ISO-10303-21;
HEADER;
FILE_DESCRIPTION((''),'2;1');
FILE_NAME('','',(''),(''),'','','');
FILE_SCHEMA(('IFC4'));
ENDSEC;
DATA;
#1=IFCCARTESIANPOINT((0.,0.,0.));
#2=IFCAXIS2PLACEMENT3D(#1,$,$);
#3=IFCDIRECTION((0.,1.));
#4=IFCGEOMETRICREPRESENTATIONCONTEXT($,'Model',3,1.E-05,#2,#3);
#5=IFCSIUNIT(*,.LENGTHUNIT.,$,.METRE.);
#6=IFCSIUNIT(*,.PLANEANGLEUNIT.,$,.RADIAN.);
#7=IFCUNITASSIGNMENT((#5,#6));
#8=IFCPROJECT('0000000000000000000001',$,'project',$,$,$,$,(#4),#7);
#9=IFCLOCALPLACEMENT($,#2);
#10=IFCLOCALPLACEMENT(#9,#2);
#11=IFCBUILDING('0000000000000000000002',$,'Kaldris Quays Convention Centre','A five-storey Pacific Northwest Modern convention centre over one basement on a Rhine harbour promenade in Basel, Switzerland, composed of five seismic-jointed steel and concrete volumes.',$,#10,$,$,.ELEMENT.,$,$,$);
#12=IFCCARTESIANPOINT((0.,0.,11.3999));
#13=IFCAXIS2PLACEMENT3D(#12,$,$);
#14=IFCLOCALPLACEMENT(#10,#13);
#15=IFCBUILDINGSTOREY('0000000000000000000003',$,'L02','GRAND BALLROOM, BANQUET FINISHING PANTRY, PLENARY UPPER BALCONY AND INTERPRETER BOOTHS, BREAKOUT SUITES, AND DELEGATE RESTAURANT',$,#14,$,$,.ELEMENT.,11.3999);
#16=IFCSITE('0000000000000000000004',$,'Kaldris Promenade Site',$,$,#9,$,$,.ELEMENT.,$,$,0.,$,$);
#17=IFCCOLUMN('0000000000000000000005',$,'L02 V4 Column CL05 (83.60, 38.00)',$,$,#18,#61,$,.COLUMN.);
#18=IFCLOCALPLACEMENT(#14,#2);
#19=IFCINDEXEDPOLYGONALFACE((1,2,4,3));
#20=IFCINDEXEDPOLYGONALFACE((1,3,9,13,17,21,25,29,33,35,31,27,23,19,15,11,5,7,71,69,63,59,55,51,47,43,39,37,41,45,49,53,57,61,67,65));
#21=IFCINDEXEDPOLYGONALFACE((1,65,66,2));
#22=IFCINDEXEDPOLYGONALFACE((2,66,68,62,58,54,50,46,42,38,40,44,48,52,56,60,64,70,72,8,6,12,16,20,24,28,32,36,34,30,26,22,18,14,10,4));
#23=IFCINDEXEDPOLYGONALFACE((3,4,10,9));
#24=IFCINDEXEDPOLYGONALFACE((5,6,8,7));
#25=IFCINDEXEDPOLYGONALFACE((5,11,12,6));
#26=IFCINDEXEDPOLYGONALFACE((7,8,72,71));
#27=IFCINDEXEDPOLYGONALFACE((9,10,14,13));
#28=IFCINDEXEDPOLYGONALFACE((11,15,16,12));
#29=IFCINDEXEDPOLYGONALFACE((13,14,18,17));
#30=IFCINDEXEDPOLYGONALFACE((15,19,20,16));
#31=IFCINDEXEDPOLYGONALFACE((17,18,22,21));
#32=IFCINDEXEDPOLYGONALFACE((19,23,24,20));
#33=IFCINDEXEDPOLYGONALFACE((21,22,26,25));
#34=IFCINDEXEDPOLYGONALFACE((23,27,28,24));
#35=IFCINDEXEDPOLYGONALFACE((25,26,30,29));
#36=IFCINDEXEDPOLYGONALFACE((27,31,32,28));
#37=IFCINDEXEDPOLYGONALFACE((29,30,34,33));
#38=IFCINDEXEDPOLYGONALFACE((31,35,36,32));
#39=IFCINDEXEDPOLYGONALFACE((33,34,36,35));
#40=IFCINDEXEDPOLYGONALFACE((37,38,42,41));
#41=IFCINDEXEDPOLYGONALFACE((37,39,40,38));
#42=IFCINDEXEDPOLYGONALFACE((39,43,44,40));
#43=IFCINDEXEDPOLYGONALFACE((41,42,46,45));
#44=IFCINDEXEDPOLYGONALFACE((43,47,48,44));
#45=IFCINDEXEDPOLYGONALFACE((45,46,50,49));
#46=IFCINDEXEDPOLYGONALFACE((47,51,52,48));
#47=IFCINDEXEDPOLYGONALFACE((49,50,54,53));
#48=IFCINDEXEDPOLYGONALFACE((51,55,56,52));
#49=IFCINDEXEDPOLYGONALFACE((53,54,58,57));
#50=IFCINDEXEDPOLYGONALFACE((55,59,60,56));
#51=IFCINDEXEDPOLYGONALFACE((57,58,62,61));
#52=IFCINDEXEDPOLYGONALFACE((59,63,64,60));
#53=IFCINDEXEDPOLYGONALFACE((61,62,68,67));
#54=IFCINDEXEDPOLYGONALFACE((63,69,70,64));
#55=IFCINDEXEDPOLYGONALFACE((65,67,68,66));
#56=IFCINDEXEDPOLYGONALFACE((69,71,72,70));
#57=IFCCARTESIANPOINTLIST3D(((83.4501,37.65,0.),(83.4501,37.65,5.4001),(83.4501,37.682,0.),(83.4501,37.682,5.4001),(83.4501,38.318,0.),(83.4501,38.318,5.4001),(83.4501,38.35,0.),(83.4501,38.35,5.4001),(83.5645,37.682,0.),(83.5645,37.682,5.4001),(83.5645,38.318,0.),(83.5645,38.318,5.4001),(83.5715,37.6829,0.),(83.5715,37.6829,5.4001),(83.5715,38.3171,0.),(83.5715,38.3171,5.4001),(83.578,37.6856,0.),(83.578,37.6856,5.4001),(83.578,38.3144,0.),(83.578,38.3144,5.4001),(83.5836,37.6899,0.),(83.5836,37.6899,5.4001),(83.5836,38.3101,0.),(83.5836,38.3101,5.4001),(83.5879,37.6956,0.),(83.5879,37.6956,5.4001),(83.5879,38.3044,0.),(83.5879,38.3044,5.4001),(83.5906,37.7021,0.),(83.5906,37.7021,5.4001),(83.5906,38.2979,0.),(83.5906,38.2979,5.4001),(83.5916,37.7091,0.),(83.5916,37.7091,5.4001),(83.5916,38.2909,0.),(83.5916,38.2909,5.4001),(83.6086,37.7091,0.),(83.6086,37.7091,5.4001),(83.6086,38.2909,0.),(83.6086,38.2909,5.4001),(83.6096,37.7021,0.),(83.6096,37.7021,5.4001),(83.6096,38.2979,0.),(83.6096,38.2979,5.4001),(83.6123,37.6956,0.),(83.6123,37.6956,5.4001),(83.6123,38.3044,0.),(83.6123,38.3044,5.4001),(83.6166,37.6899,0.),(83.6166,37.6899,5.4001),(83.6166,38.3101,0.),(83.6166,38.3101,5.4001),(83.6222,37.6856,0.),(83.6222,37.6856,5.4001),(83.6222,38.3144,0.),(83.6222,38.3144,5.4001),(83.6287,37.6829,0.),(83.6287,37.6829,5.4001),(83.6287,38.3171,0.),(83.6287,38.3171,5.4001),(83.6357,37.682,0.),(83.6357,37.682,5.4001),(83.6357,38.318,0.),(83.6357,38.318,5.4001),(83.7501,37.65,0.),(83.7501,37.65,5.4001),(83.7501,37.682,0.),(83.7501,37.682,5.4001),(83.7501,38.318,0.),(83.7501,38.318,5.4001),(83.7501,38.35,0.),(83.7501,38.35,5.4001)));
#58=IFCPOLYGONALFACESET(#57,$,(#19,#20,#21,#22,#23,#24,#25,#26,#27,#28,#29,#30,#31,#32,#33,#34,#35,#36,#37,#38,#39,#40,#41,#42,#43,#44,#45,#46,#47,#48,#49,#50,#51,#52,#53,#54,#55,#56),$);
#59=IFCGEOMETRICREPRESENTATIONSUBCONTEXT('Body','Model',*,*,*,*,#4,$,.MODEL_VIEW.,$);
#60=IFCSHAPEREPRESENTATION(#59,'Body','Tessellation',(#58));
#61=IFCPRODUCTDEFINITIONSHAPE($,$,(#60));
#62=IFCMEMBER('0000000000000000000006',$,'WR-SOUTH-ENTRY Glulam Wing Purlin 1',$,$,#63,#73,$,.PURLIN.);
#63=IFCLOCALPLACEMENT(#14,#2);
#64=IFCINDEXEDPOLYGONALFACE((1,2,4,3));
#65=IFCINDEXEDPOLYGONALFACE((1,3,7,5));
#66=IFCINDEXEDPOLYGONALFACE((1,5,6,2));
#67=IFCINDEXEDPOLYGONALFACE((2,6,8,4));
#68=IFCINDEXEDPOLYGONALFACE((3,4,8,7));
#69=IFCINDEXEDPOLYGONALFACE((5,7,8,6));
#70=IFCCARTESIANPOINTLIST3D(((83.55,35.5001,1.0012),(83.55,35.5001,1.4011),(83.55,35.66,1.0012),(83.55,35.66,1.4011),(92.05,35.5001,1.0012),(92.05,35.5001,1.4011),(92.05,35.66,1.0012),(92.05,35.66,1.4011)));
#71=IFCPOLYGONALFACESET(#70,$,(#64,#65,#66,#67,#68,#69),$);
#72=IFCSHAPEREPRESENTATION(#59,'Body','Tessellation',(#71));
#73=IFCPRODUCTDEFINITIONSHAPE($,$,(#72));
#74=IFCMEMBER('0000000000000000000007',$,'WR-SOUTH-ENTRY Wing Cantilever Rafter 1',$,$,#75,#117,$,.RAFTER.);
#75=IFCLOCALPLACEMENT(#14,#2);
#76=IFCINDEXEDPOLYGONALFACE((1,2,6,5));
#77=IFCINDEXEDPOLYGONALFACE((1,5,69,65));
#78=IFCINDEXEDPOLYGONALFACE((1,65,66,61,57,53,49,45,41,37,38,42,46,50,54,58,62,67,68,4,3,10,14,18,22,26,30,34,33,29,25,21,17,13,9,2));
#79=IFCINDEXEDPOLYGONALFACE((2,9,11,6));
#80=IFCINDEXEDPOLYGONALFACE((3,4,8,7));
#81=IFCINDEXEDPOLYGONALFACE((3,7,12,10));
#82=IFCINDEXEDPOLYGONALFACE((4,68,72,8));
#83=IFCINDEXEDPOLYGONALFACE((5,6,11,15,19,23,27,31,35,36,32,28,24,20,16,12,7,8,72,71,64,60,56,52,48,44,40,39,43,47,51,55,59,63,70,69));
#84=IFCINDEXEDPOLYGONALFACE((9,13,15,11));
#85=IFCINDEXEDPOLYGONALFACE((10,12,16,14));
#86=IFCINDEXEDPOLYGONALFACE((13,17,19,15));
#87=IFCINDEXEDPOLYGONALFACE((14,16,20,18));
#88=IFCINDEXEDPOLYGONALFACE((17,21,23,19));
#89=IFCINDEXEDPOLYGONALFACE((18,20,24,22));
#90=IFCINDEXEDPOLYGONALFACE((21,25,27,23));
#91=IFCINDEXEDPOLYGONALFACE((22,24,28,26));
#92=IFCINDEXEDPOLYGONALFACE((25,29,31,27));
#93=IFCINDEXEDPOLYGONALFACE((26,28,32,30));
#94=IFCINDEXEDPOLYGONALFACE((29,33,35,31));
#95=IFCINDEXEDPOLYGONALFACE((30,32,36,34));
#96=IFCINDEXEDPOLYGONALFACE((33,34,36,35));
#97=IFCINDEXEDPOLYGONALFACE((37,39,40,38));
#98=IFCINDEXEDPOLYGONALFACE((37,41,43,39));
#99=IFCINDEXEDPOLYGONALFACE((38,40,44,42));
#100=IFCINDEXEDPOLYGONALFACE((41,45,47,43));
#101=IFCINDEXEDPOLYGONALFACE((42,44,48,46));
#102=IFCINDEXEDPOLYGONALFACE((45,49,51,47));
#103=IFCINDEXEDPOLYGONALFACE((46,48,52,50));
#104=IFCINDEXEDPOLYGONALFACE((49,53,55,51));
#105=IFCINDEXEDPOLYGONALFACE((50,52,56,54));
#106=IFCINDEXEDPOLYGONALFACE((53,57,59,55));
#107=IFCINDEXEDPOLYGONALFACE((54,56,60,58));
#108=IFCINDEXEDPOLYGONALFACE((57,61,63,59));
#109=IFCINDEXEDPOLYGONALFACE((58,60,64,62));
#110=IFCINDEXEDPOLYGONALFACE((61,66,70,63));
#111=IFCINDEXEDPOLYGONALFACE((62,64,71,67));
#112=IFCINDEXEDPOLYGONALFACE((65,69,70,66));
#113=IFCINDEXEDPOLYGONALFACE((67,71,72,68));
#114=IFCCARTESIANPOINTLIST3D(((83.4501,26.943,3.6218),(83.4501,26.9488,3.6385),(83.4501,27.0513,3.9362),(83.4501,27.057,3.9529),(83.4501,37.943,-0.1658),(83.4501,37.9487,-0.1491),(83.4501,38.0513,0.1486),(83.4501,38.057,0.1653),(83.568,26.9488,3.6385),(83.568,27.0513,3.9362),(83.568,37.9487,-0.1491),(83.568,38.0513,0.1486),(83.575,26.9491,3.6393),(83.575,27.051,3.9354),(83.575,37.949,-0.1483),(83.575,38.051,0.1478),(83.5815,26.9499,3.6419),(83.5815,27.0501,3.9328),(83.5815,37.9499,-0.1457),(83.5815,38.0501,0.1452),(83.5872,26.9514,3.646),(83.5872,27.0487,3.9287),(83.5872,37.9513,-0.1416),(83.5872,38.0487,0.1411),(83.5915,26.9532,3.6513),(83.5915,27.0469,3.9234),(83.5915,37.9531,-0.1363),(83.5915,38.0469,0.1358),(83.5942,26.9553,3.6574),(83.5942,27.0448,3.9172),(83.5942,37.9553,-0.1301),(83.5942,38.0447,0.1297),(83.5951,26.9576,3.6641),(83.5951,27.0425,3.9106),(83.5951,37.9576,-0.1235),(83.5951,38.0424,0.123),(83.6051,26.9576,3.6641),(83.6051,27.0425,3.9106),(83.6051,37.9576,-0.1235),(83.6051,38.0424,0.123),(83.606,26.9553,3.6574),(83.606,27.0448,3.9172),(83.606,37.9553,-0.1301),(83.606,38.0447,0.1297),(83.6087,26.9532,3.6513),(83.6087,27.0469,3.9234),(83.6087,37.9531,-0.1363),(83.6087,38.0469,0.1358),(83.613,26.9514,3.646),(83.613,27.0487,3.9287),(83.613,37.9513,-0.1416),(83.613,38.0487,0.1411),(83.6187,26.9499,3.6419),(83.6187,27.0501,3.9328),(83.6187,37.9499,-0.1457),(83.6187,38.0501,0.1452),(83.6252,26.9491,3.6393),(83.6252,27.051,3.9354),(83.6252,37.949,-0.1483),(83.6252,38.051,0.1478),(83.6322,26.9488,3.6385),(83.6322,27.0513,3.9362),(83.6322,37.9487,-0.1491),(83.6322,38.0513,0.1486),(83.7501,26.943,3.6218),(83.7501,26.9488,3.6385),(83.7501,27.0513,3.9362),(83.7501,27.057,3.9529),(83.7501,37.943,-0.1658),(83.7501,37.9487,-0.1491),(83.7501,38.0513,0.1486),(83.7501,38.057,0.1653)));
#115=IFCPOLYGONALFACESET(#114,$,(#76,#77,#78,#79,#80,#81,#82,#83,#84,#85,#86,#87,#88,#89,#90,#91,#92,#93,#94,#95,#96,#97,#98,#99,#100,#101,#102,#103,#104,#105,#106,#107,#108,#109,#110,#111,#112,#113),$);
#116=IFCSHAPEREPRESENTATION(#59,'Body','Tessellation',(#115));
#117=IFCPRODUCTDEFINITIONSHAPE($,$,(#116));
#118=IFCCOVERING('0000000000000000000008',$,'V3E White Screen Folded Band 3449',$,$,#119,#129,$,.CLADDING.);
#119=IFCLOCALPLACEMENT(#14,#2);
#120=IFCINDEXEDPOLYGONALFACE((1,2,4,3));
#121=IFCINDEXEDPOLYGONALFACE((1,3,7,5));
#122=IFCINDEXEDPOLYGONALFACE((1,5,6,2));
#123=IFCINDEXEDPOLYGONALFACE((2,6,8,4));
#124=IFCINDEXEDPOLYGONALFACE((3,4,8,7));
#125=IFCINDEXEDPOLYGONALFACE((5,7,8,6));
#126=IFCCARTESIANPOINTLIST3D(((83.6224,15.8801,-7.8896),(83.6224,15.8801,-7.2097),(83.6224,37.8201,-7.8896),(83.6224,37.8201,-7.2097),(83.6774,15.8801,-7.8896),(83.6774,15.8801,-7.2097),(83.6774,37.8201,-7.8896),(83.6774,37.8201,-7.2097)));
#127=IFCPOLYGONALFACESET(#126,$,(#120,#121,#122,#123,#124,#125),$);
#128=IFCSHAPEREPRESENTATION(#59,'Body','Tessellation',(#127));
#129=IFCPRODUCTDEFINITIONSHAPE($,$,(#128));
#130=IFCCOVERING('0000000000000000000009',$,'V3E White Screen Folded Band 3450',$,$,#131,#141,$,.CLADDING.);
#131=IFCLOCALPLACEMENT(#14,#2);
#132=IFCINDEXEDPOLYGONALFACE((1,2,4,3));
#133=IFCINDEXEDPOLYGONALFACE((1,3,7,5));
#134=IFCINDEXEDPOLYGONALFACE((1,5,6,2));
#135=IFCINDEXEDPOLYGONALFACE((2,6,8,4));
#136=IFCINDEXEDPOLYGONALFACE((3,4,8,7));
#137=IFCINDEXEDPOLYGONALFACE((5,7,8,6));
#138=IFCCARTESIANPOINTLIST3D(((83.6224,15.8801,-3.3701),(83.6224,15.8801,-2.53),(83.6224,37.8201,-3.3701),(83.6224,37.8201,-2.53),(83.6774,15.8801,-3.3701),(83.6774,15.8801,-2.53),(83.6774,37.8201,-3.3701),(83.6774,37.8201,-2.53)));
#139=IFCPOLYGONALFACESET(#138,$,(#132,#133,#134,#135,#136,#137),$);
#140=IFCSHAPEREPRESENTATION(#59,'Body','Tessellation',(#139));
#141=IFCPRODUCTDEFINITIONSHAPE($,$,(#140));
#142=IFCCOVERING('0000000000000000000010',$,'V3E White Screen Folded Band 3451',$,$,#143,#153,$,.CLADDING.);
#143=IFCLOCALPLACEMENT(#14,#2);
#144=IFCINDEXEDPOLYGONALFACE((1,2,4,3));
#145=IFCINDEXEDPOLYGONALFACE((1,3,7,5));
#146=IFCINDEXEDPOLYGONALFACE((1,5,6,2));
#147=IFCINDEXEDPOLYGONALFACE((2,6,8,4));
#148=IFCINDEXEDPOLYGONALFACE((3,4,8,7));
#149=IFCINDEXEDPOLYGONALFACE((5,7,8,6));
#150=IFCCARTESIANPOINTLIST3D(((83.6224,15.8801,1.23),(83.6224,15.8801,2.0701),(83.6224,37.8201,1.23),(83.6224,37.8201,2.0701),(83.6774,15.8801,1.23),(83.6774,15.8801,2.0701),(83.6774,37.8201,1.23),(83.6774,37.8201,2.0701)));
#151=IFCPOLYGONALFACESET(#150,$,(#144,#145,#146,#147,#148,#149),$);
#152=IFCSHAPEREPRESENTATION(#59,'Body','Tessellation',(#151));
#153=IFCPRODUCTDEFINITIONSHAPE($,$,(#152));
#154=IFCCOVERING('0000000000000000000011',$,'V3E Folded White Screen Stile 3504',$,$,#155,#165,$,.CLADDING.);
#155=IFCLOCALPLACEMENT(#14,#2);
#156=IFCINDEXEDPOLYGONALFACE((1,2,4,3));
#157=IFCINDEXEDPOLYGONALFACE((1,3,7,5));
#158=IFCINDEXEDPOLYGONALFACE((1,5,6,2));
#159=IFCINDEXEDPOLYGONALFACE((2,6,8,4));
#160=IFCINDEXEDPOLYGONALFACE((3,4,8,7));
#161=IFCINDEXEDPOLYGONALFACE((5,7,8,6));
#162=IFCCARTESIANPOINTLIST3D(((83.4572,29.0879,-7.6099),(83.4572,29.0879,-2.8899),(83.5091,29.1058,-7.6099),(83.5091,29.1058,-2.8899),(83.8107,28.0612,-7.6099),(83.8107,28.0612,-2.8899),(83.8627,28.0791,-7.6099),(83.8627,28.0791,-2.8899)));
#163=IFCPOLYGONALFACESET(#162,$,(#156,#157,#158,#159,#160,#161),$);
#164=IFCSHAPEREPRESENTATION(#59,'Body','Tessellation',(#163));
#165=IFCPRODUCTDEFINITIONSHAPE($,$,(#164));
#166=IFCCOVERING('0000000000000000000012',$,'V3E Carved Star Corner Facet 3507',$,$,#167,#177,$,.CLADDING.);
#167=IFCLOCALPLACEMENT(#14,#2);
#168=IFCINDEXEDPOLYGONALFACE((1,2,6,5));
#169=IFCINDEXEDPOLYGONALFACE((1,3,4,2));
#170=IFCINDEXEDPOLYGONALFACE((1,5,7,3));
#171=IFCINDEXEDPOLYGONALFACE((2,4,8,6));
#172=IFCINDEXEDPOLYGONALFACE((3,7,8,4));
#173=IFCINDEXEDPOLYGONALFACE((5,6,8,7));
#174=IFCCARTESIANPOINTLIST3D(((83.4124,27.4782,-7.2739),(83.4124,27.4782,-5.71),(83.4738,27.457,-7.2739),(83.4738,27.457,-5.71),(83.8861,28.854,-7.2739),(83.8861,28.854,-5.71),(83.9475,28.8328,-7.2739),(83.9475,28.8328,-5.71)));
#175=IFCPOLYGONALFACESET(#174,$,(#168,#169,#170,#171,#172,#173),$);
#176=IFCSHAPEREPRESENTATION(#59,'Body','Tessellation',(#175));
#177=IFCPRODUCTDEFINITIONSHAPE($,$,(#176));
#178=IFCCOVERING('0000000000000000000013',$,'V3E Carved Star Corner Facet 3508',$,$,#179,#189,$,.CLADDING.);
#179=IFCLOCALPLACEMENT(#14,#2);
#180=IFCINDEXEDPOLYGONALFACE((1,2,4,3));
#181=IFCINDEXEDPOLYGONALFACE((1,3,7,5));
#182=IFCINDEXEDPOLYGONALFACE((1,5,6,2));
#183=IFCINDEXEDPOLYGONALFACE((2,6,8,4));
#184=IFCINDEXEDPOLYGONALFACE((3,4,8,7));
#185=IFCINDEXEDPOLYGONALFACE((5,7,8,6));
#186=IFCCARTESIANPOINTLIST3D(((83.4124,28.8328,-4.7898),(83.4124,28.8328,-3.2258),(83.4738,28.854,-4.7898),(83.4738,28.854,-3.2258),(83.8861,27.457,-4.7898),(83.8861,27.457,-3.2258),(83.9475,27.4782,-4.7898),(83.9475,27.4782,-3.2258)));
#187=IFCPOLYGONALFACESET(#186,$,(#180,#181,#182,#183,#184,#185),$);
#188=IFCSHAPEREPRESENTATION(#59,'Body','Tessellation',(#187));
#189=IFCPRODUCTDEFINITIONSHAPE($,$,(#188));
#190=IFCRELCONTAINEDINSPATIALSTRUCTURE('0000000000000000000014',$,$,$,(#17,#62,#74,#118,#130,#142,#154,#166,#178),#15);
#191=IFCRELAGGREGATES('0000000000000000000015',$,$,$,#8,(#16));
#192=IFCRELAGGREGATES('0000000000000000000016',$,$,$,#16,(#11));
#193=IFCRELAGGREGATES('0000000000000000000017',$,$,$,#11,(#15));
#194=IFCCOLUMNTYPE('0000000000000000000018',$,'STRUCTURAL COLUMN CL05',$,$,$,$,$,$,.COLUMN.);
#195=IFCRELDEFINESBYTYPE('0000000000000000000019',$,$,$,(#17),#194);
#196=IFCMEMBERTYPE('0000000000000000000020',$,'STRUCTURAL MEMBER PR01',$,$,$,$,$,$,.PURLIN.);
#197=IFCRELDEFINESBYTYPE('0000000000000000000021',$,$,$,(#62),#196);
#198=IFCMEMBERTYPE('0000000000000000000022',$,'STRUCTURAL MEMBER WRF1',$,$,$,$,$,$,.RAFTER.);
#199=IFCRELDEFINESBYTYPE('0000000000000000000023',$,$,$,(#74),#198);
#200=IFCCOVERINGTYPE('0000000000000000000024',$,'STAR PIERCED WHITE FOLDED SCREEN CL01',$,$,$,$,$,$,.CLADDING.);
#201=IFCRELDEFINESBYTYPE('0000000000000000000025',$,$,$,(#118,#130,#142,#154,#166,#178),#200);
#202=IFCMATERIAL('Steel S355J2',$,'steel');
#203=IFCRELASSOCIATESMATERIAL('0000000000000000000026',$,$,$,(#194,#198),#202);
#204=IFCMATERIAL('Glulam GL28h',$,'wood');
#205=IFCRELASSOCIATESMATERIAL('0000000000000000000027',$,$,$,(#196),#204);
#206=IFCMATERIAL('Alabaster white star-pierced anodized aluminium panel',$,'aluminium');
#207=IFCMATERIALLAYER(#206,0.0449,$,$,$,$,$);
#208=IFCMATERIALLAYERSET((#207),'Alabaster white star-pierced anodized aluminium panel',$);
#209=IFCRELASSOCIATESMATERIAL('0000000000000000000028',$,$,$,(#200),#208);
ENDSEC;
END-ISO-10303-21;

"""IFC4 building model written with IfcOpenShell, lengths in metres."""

from ifc_helpers import new_model, si_unit, direction, frame, origin, origin_2d, place, context, subcontext, project, spatial, rectangle, i_section, extrude, material, layer, layer_set, material_profile, profile_set, type_object, element, save


model = new_model("IFC4")

# Units and contexts
model_context = context("Model", 3, precision=1e-05, world=origin(), true_north=direction((0.0, 1.0)))
body_context = subcontext(model_context, "Body", "Model", "MODEL_VIEW")
ifc_project = project(units=[si_unit("LENGTHUNIT", "METRE"), si_unit("PLANEANGLEUNIT", "RADIAN")], contexts=[model_context])

# Site, building, storey
site_placement = place(None, origin())
site = spatial("IfcSite", under=ifc_project, at=site_placement, Name="Kaldris Promenade Site", CompositionType="ELEMENT", RefElevation=0.0)
building_placement = place(site_placement, origin())
building = spatial("IfcBuilding", under=site, at=building_placement, Name="Kaldris Quays Convention Centre", Description="A five-storey Pacific Northwest Modern convention centre over one basement on a Rhine harbour promenade in Basel, Switzerland, composed of five seismic-jointed steel and concrete volumes.", CompositionType="ELEMENT")
storey_placement = place(building_placement, frame((0.0, 0.0, 11.3999)))
storey = spatial("IfcBuildingStorey", under=building, at=storey_placement, Name="L02", Description="GRAND BALLROOM, BANQUET FINISHING PANTRY, PLENARY UPPER BALCONY AND INTERPRETER BOOTHS, BREAKOUT SUITES, AND DELEGATE RESTAURANT", CompositionType="ELEMENT", Elevation=11.3999)

# Column
ifc_material_1 = material(Name="Steel S355J2", Category="steel")
ifc_material_profile_1 = material_profile(ifc_material_1, i_section(OverallWidth=0.3, OverallDepth=0.7, WebThickness=0.0171, FlangeThickness=0.032, FilletRadius=0.0271, at=origin_2d()), Name="HEB 700")
ifc_profile_set_1 = profile_set([ifc_material_profile_1], Name="Steel S355J2")
column_type = type_object("IfcColumnType", Name="STRUCTURAL COLUMN CL05", PredefinedType="COLUMN", material=ifc_profile_set_1)
column_placement = place(storey_placement, frame((83.6001, 38.0, 0.0), z_axis=(0.0, 0.0, 1.0), x_axis=(1.0, 0.0, 0.0)))
element("IfcColumn", 1, at=column_placement, inside=storey, type_object=column_type, Name="L02 V4 Column CL05 (83.60, 38.00)", PredefinedType="COLUMN", context=body_context, shape_type="SweptSolid", body=[
    extrude(i_section(OverallWidth=0.3, OverallDepth=0.7, WebThickness=0.0171, FlangeThickness=0.032, FilletRadius=0.0271, at=origin_2d()), origin(), (0.0, 0.0, 1.0), 5.4001),
])

# Members
ifc_material_2 = material(Name="Glulam GL28h", Category="wood")
ifc_material_profile_2 = material_profile(ifc_material_2, rectangle(XDim=0.1599, YDim=0.3999, at=origin_2d()), Name="GL 160x400")
ifc_profile_set_2 = profile_set([ifc_material_profile_2], Name="Glulam GL28h")
member_type_1 = type_object("IfcMemberType", Name="STRUCTURAL MEMBER PR01", PredefinedType="PURLIN", material=ifc_profile_set_2)
member_1_placement = place(storey_placement, frame((83.55, 35.5801, 1.2012), z_axis=(1.0, 0.0, 0.0), x_axis=(0.0, 1.0, 0.0)))
element("IfcMember", 2, at=member_1_placement, inside=storey, type_object=member_type_1, Name="WR-SOUTH-ENTRY Glulam Wing Purlin 1", PredefinedType="PURLIN", context=body_context, shape_type="SweptSolid", body=[
    extrude(rectangle(XDim=0.1599, YDim=0.3999, at=origin_2d()), origin(), (0.0, 0.0, 1.0), 8.5),
])
ifc_material_profile_3 = material_profile(ifc_material_1, i_section(OverallWidth=0.3, OverallDepth=0.3501, WebThickness=0.01, FlangeThickness=0.0176, FilletRadius=0.0271, at=origin_2d()), Name="HEA 360")
ifc_profile_set_3 = profile_set([ifc_material_profile_3], Name="Steel S355J2")
member_type_2 = type_object("IfcMemberType", Name="STRUCTURAL MEMBER WRF1", PredefinedType="RAFTER", material=ifc_profile_set_3)
member_2_placement = place(storey_placement, frame((83.6001, 38.0, -0.0002), z_axis=(0.0, -0.945519, 0.325568), x_axis=(1.0, 0.0, 0.0)))
element("IfcMember", 3, at=member_2_placement, inside=storey, type_object=member_type_2, Name="WR-SOUTH-ENTRY Wing Cantilever Rafter 1", PredefinedType="RAFTER", context=body_context, shape_type="SweptSolid", body=[
    extrude(i_section(OverallWidth=0.3, OverallDepth=0.3501, WebThickness=0.01, FlangeThickness=0.0176, FilletRadius=0.0271, at=origin_2d()), origin(), (0.0, 0.0, 1.0), 11.6338),
])

# Coverings
ifc_material_3 = material(Name="Alabaster white star-pierced anodized aluminium panel", Category="aluminium")
ifc_layer = layer(ifc_material_3, 0.0449)
ifc_layer_set = layer_set([ifc_layer], Name="Alabaster white star-pierced anodized aluminium panel")
covering_type = type_object("IfcCoveringType", Name="STAR PIERCED WHITE FOLDED SCREEN CL01", PredefinedType="CLADDING", material=ifc_layer_set)
covering_1_placement = place(storey_placement, frame((83.6499, 26.8501, -7.8896), z_axis=(0.0, 0.0, 1.0), x_axis=(0.0, 1.0, 0.0)))
element("IfcCovering", 4, at=covering_1_placement, inside=storey, type_object=covering_type, Name="V3E White Screen Folded Band 3449", PredefinedType="CLADDING", context=body_context, shape_type="SweptSolid", body=[
    extrude(rectangle(XDim=21.9399, YDim=0.0549, at=origin_2d()), origin(), (0.0, 0.0, 1.0), 0.6799),
])
for number, where, z_axis, x_axis, name in (
    (5, (83.6499, 26.8501, -3.3701), (0.0, 0.0, 1.0), (0.0, 1.0, 0.0), "V3E White Screen Folded Band 3450"),
    (6, (83.6499, 26.8501, 1.23), (0.0, 0.0, 1.0), (0.0, 1.0, 0.0), "V3E White Screen Folded Band 3451"),
):
    element("IfcCovering", number, at=place(storey_placement, frame(where, z_axis=z_axis, x_axis=x_axis)), inside=storey, type_object=covering_type, Name=name, PredefinedType="CLADDING", context=body_context, shape_type="SweptSolid", body=[
        extrude(rectangle(XDim=21.9399, YDim=0.0549, at=origin_2d()), origin(), (0.0, 0.0, 1.0), 0.8401),
    ])
covering_2_placement = place(storey_placement, frame((83.6599, 28.5835, -7.6099), z_axis=(0.0, 0.0, 1.0), x_axis=(-0.325568, 0.945519, 0.0)))
element("IfcCovering", 7, at=covering_2_placement, inside=storey, type_object=covering_type, Name="V3E Folded White Screen Stile 3504", PredefinedType="CLADDING", context=body_context, shape_type="SweptSolid", body=[
    extrude(rectangle(XDim=1.0859, YDim=0.0549, at=origin_2d()), origin(), (0.0, 0.0, 1.0), 4.72),
])
for number, where, z_axis, x_axis, name in (
    (8, (83.6799, 28.1555, -7.2739), (0.0, 0.0, 1.0), (0.325568, 0.945519, 0.0), "V3E Carved Star Corner Facet 3507"),
    (9, (83.6799, 28.1555, -4.7898), (0.0, 0.0, 1.0), (-0.325568, 0.945519, 0.0), "V3E Carved Star Corner Facet 3508"),
):
    element("IfcCovering", number, at=place(storey_placement, frame(where, z_axis=z_axis, x_axis=x_axis)), inside=storey, type_object=covering_type, Name=name, PredefinedType="CLADDING", context=body_context, shape_type="SweptSolid", body=[
        extrude(rectangle(XDim=1.4551, YDim=0.0649, at=origin_2d()), origin(), (0.0, 0.0, 1.0), 1.564),
    ])

save(model, "model.ifc")
